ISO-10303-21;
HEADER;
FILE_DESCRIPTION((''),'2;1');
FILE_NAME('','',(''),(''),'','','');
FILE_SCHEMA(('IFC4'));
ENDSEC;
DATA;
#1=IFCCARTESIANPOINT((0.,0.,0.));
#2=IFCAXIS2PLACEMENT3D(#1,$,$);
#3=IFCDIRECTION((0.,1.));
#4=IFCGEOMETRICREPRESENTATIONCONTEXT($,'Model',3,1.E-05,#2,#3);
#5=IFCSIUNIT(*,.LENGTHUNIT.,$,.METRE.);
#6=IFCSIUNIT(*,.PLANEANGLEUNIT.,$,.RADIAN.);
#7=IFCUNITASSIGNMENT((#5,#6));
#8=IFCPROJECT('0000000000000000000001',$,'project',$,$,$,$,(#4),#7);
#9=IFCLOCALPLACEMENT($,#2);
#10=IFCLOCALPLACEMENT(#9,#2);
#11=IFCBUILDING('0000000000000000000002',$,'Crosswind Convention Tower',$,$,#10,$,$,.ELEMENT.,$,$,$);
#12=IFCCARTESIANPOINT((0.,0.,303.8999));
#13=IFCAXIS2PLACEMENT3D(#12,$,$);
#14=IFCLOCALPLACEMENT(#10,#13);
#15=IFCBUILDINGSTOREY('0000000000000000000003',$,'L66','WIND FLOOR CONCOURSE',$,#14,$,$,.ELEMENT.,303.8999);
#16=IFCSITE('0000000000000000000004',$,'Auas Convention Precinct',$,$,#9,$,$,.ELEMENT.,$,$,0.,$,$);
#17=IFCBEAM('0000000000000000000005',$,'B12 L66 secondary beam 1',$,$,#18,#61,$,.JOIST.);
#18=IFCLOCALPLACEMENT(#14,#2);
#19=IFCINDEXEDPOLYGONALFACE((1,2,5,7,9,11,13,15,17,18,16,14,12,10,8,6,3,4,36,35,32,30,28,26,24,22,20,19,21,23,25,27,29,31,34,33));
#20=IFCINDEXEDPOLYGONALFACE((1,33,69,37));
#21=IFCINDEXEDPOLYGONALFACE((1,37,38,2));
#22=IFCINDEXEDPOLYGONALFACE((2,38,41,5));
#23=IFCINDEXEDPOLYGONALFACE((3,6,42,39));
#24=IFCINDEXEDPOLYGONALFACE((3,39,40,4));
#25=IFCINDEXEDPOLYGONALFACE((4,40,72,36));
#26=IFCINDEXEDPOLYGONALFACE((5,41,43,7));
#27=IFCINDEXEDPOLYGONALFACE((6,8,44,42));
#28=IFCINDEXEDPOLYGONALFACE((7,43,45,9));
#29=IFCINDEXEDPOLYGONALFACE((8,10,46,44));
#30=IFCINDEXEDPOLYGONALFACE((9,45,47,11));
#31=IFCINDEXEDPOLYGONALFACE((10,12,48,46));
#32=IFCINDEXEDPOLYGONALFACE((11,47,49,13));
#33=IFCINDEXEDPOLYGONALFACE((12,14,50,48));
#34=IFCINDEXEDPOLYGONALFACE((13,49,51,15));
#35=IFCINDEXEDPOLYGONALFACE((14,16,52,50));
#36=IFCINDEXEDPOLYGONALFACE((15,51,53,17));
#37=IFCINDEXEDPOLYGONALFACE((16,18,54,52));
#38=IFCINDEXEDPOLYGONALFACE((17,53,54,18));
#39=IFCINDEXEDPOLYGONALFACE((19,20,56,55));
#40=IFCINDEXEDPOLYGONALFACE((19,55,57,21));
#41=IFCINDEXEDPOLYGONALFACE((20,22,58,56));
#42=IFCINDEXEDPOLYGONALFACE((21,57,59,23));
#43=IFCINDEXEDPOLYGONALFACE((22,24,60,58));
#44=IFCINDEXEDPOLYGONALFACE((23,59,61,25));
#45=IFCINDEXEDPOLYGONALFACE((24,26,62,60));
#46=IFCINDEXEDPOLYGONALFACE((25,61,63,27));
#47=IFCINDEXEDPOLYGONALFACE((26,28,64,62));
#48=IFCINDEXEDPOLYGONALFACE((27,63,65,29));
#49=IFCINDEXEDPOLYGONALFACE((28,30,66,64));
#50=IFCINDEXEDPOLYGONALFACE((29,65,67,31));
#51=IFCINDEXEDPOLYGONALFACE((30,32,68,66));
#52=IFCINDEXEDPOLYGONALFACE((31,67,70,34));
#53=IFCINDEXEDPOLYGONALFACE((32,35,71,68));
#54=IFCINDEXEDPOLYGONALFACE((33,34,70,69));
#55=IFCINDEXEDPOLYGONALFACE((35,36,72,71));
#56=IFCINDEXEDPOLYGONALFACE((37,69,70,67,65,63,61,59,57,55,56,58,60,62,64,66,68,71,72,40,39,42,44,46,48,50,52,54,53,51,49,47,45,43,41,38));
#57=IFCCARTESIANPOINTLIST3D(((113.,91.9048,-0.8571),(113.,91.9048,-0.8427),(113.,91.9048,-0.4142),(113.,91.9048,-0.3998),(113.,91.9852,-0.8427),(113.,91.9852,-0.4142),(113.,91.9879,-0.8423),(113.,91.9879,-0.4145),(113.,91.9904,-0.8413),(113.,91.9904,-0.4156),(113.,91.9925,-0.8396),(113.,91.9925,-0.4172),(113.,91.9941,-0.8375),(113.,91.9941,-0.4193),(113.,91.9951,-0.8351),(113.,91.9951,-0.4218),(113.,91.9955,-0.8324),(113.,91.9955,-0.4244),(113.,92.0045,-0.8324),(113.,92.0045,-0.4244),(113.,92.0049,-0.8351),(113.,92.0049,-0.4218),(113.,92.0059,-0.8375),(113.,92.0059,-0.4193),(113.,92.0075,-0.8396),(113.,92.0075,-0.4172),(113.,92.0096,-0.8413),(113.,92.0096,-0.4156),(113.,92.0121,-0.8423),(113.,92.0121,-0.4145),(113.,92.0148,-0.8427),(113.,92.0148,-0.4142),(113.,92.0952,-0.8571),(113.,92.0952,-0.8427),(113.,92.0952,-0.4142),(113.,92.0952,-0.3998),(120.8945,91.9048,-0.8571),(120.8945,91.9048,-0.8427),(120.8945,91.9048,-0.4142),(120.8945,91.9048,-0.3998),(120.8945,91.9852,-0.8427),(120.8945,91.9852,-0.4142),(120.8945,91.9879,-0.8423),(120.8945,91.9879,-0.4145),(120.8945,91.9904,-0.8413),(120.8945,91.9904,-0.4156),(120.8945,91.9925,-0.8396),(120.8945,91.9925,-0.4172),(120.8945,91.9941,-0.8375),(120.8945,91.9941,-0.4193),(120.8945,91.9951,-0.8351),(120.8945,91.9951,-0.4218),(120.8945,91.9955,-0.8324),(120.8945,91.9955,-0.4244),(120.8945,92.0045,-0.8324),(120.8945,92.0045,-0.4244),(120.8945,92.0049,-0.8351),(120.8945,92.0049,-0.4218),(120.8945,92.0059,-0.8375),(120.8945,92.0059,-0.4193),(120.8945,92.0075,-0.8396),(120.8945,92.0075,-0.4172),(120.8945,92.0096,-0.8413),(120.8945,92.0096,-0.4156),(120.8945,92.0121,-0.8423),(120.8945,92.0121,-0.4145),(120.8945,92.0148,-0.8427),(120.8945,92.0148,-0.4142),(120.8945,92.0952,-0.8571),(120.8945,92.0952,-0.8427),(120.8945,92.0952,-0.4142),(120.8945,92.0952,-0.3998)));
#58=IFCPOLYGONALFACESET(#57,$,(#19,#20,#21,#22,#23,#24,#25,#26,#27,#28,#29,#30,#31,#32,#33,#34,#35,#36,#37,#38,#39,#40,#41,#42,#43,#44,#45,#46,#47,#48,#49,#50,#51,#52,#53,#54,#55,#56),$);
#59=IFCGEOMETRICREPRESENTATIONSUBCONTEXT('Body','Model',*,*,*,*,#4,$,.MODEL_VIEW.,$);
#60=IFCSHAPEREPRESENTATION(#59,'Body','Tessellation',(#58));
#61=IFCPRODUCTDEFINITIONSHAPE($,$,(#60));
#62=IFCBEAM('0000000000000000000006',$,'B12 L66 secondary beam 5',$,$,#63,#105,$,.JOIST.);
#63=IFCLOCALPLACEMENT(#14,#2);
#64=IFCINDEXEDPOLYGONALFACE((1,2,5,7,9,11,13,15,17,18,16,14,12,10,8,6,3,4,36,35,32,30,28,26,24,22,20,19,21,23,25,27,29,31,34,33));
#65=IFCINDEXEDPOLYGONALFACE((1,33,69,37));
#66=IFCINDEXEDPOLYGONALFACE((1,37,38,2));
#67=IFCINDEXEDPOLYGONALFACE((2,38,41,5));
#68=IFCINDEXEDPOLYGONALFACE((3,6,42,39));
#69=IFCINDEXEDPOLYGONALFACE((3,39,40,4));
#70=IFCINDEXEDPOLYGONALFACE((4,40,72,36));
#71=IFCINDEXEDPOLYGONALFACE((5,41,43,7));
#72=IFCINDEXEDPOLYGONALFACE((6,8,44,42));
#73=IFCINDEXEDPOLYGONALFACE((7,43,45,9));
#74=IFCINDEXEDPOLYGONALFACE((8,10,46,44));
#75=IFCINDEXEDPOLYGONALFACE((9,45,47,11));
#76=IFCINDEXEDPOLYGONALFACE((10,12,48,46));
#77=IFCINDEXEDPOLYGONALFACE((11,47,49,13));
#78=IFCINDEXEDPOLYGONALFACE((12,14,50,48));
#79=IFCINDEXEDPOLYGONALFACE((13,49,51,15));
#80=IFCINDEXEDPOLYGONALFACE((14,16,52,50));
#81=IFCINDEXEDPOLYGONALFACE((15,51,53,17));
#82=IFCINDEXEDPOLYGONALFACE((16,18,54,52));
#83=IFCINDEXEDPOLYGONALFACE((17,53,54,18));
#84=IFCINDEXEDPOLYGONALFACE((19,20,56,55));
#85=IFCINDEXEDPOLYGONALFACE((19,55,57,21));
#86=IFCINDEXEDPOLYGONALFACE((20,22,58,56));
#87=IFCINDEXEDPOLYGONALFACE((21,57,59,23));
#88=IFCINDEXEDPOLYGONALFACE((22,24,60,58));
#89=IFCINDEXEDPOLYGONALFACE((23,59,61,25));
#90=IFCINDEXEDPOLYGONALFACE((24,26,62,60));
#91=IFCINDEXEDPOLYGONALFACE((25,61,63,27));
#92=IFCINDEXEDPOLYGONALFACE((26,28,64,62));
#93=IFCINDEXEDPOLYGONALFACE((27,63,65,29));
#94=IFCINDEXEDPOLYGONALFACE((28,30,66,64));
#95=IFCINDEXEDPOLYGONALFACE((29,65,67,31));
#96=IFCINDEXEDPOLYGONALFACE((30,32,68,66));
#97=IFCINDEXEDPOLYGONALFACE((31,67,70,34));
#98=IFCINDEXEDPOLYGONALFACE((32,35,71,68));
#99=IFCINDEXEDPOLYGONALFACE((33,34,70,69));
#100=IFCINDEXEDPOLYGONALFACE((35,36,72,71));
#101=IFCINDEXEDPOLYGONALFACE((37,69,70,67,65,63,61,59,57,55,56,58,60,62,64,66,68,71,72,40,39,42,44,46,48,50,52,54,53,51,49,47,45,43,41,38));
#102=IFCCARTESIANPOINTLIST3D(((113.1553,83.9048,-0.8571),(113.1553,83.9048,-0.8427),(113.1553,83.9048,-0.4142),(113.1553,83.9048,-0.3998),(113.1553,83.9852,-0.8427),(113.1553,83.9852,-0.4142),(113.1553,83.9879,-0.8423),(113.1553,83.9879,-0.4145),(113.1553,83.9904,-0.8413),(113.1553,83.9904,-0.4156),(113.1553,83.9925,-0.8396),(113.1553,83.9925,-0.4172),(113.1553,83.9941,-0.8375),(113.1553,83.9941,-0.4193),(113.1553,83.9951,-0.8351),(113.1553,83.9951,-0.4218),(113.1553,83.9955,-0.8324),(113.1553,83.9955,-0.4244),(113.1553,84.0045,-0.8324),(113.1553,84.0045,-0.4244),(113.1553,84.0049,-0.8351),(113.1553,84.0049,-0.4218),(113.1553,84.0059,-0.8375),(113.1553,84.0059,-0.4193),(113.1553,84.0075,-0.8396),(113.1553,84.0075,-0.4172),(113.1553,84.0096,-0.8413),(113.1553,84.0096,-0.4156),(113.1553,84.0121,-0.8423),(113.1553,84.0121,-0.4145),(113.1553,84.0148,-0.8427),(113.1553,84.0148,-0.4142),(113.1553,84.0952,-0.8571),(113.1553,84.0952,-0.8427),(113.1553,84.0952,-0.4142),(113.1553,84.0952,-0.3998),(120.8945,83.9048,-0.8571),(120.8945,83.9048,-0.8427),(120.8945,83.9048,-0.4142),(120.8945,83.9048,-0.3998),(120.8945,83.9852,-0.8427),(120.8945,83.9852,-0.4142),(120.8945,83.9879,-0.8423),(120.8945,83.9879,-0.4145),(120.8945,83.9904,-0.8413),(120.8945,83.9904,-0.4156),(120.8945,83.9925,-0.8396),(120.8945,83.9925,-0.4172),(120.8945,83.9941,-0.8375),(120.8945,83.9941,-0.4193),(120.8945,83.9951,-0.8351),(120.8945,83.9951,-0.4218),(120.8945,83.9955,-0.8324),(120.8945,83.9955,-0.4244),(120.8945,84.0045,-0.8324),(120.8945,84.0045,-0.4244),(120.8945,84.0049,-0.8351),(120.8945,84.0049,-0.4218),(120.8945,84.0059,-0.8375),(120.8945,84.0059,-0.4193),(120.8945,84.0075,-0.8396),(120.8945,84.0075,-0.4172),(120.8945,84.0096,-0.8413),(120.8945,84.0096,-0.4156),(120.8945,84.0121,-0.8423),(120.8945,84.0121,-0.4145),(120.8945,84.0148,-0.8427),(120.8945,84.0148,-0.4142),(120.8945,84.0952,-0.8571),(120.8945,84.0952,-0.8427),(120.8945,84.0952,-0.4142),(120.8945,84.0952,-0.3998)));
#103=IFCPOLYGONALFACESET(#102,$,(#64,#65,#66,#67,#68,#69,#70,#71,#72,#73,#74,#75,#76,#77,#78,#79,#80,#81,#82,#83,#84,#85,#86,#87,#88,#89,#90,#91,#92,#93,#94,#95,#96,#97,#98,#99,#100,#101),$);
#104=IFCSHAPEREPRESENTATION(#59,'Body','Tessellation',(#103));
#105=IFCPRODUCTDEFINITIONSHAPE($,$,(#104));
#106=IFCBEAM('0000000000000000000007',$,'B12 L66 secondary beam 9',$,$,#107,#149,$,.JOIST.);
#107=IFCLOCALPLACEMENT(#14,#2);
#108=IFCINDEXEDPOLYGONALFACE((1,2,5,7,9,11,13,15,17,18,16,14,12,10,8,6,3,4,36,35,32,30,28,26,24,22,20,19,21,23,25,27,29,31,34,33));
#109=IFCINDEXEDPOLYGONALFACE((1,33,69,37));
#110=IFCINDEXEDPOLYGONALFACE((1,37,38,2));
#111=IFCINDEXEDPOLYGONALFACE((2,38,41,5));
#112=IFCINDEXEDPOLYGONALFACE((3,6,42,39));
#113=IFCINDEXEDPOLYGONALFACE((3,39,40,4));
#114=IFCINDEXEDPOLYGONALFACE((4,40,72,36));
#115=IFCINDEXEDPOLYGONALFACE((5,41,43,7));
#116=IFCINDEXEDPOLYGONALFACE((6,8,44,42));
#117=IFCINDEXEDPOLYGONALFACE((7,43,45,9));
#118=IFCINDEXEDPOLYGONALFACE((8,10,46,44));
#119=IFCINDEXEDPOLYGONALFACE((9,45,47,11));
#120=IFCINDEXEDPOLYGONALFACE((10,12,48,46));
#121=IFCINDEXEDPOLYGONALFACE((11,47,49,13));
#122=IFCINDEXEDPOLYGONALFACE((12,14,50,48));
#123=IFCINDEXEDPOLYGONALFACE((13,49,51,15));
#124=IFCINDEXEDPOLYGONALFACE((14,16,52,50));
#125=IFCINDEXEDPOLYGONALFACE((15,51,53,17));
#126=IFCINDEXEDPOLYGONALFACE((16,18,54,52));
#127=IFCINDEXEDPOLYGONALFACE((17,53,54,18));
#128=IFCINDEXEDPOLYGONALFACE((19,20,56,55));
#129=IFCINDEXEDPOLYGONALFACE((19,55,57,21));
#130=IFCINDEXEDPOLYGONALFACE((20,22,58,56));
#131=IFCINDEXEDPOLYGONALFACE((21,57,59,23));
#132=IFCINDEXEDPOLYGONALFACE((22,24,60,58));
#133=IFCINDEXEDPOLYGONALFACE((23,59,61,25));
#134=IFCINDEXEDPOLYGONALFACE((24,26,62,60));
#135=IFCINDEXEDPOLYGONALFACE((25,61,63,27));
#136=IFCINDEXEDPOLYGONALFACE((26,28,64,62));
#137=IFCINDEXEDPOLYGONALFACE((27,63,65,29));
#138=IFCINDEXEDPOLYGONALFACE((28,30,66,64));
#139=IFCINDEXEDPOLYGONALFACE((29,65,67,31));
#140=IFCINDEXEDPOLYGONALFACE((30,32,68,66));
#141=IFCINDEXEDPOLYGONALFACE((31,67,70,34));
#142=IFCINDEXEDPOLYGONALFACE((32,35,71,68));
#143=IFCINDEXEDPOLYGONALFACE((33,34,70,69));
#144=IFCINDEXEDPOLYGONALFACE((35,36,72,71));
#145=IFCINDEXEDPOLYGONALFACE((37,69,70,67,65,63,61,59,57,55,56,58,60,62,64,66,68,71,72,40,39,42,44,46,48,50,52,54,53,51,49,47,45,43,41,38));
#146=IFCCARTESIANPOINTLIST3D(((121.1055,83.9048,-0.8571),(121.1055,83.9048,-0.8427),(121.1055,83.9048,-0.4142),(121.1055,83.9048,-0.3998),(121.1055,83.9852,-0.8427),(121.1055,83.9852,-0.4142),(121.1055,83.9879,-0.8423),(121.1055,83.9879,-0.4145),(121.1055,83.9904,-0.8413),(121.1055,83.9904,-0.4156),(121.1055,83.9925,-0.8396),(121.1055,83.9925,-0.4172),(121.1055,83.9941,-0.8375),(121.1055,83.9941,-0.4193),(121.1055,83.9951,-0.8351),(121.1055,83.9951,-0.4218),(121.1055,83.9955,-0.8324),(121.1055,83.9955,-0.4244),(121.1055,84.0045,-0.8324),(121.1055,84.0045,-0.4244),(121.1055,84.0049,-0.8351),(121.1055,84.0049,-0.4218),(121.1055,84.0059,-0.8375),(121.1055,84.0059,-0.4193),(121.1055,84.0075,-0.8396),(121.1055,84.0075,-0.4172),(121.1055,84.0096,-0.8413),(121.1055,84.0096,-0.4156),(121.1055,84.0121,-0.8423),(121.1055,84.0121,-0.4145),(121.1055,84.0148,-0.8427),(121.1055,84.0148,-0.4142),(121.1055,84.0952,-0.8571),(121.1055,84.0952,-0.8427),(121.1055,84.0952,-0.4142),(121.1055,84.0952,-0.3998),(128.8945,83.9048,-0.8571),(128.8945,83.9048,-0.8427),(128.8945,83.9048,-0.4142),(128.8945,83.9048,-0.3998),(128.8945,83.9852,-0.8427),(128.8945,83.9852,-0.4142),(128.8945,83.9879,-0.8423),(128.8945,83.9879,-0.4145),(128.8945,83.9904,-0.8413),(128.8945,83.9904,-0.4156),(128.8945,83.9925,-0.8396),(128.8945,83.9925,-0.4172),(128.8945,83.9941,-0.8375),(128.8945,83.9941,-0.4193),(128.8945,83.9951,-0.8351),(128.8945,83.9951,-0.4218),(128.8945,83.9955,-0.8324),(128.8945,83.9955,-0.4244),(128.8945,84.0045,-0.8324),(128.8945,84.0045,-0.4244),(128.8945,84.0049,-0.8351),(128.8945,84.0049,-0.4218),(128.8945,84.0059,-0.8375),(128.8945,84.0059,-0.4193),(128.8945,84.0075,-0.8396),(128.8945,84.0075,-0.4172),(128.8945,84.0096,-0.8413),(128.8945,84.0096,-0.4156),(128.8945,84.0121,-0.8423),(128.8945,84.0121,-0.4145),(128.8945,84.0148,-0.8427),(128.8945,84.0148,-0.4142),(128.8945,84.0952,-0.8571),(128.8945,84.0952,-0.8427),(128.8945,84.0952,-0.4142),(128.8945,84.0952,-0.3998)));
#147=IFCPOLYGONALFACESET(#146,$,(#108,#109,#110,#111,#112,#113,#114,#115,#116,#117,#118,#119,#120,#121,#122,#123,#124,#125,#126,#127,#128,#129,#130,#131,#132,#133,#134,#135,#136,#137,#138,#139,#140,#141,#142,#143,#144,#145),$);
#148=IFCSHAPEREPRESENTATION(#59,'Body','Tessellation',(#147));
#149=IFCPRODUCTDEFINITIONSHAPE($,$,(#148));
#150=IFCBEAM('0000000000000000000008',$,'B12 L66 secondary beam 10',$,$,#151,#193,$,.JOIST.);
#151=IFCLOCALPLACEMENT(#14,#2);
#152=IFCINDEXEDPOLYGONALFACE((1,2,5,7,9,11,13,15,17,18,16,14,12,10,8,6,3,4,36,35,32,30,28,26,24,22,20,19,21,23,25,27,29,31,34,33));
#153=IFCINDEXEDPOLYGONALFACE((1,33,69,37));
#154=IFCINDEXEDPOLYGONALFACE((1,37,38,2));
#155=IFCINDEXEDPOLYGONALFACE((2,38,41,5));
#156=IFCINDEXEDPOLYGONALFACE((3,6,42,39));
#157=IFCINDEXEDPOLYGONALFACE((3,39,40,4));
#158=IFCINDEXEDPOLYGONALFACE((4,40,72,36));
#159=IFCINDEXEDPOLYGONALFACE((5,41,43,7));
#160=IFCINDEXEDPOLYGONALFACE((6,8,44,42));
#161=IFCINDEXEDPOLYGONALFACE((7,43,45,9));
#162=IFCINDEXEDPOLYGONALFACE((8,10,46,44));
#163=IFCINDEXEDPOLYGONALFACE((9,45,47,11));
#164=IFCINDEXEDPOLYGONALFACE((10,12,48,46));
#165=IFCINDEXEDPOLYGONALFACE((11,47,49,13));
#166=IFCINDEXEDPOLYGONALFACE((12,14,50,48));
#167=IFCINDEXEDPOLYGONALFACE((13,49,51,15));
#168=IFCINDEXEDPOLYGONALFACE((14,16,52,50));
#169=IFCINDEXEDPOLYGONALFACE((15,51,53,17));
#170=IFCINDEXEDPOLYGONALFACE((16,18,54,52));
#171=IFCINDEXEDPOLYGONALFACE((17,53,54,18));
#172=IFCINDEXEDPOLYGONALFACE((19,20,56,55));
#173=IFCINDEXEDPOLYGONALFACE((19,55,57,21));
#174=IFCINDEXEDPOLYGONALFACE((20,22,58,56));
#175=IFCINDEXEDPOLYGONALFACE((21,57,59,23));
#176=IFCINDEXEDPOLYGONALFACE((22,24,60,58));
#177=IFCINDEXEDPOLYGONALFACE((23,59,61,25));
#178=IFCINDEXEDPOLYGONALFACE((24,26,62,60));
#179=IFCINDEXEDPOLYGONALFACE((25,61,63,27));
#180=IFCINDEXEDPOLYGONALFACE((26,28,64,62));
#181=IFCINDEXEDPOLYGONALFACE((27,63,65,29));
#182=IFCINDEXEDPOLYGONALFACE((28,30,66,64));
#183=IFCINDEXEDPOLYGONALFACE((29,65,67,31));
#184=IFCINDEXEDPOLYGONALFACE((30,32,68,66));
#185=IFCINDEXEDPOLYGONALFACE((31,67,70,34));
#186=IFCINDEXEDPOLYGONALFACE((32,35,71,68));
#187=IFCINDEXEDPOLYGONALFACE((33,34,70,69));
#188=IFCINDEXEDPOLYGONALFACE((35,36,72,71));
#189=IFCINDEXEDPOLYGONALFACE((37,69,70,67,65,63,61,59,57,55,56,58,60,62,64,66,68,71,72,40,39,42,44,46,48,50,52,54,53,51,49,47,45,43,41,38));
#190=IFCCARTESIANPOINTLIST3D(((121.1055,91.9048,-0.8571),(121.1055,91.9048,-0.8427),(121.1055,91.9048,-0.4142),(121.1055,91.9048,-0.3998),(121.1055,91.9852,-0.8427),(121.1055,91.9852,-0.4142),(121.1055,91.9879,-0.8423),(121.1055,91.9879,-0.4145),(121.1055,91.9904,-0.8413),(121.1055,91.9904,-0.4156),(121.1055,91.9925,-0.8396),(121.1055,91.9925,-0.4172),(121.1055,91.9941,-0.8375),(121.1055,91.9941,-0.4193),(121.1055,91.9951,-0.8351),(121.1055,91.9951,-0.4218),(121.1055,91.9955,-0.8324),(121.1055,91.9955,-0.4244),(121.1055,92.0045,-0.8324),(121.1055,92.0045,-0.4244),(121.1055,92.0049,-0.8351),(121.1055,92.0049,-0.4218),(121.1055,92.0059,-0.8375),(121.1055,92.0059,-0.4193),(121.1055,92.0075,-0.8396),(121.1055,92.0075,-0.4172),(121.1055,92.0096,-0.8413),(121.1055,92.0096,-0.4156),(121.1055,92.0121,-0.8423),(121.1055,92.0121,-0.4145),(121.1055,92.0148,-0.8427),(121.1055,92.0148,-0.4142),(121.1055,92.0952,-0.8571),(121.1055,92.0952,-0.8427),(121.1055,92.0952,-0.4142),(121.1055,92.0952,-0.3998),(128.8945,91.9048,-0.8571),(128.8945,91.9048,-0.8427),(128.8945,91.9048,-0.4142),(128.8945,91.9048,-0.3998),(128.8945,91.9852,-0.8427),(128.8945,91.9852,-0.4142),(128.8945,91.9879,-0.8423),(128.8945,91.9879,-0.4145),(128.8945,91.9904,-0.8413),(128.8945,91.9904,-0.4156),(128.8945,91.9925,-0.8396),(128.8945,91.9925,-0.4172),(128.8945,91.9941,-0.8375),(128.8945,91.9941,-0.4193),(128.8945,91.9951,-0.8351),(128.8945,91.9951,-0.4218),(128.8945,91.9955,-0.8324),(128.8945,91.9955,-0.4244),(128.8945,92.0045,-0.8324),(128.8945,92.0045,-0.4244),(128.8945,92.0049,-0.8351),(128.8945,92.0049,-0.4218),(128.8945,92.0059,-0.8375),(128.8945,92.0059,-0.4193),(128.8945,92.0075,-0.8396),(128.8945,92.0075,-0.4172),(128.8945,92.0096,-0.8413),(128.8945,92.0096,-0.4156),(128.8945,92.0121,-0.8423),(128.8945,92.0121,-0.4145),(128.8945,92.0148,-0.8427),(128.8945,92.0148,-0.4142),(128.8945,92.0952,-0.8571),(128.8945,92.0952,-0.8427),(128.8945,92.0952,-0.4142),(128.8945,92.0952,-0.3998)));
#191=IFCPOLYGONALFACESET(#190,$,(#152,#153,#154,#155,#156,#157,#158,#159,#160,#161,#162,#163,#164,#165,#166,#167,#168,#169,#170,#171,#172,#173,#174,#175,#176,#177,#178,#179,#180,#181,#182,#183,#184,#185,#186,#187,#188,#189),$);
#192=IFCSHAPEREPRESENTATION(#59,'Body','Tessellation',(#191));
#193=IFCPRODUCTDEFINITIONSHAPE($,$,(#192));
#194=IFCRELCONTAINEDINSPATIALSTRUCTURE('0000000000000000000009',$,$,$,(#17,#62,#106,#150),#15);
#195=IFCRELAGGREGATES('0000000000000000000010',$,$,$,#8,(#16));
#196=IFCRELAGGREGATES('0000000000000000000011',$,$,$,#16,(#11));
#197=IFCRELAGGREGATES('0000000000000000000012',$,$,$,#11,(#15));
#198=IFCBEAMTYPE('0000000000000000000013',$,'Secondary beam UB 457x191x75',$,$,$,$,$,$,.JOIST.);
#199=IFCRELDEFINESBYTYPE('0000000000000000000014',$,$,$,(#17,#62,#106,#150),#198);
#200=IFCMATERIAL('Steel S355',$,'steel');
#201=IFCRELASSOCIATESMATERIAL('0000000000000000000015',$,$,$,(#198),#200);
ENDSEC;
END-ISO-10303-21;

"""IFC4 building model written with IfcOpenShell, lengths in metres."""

from ifc_helpers import new_model, si_unit, direction, frame, origin, origin_2d, place, context, subcontext, project, spatial, i_section, extrude, material, material_profile, profile_set, type_object, element, save


model = new_model("IFC4")

# Units and contexts
model_context = context("Model", 3, precision=1e-05, world=origin(), true_north=direction((0.0, 1.0)))
body_context = subcontext(model_context, "Body", "Model", "MODEL_VIEW")
ifc_project = project(units=[si_unit("LENGTHUNIT", "METRE"), si_unit("PLANEANGLEUNIT", "RADIAN")], contexts=[model_context])

# Site, building, storey
site_placement = place(None, origin())
site = spatial("IfcSite", under=ifc_project, at=site_placement, Name="Auas Convention Precinct", CompositionType="ELEMENT", RefElevation=0.0)
building_placement = place(site_placement, origin())
building = spatial("IfcBuilding", under=site, at=building_placement, Name="Crosswind Convention Tower", CompositionType="ELEMENT")
storey_placement = place(building_placement, frame((0.0, 0.0, 303.8999)))
storey = spatial("IfcBuildingStorey", under=building, at=storey_placement, Name="L66", Description="WIND FLOOR CONCOURSE", CompositionType="ELEMENT", Elevation=303.8999)

# Beams
ifc_material_1 = material(Name="Steel S355", Category="steel")
ifc_material_profile_1 = material_profile(ifc_material_1, i_section(OverallWidth=0.1904, OverallDepth=0.4573, WebThickness=0.009, FlangeThickness=0.0144, FilletRadius=0.0103, at=origin_2d()), Name="UB 457x191x75")
ifc_profile_set_1 = profile_set([ifc_material_profile_1], Name="Steel S355")
beam_type_1 = type_object("IfcBeamType", Name="Secondary beam UB 457x191x75", PredefinedType="JOIST", material=ifc_profile_set_1)
beam_1_placement = place(storey_placement, frame((113.0, 92.0, -0.6284), z_axis=(1.0, 0.0, 0.0), x_axis=(0.0, 1.0, 0.0)))
element("IfcBeam", 1, at=beam_1_placement, inside=storey, type_object=beam_type_1, Name="B12 L66 secondary beam 1", PredefinedType="JOIST", context=body_context, shape_type="SweptSolid", body=[
    extrude(i_section(OverallWidth=0.1904, OverallDepth=0.4573, WebThickness=0.009, FlangeThickness=0.0144, FilletRadius=0.0103, at=origin_2d()), origin(), (0.0, 0.0, 1.0), 7.8945),
])
beam_2_placement = place(storey_placement, frame((113.1553, 84.0, -0.6284), z_axis=(1.0, 0.0, 0.0), x_axis=(0.0, 1.0, 0.0)))
element("IfcBeam", 2, at=beam_2_placement, inside=storey, type_object=beam_type_1, Name="B12 L66 secondary beam 5", PredefinedType="JOIST", context=body_context, shape_type="SweptSolid", body=[
    extrude(i_section(OverallWidth=0.1904, OverallDepth=0.4573, WebThickness=0.009, FlangeThickness=0.0144, FilletRadius=0.0103, at=origin_2d()), origin(), (0.0, 0.0, 1.0), 7.7393),
])
for number, where, z_axis, x_axis, name in (
    (3, (121.1055, 84.0, -0.6284), (1.0, 0.0, 0.0), (0.0, 1.0, 0.0), "B12 L66 secondary beam 9"),
    (4, (121.1055, 92.0, -0.6284), (1.0, 0.0, 0.0), (0.0, 1.0, 0.0), "B12 L66 secondary beam 10"),
):
    element("IfcBeam", number, at=place(storey_placement, frame(where, z_axis=z_axis, x_axis=x_axis)), inside=storey, type_object=beam_type_1, Name=name, PredefinedType="JOIST", context=body_context, shape_type="SweptSolid", body=[
        extrude(i_section(OverallWidth=0.1904, OverallDepth=0.4573, WebThickness=0.009, FlangeThickness=0.0144, FilletRadius=0.0103, at=origin_2d()), origin(), (0.0, 0.0, 1.0), 7.7891),
    ])

save(model, "model.ifc")
